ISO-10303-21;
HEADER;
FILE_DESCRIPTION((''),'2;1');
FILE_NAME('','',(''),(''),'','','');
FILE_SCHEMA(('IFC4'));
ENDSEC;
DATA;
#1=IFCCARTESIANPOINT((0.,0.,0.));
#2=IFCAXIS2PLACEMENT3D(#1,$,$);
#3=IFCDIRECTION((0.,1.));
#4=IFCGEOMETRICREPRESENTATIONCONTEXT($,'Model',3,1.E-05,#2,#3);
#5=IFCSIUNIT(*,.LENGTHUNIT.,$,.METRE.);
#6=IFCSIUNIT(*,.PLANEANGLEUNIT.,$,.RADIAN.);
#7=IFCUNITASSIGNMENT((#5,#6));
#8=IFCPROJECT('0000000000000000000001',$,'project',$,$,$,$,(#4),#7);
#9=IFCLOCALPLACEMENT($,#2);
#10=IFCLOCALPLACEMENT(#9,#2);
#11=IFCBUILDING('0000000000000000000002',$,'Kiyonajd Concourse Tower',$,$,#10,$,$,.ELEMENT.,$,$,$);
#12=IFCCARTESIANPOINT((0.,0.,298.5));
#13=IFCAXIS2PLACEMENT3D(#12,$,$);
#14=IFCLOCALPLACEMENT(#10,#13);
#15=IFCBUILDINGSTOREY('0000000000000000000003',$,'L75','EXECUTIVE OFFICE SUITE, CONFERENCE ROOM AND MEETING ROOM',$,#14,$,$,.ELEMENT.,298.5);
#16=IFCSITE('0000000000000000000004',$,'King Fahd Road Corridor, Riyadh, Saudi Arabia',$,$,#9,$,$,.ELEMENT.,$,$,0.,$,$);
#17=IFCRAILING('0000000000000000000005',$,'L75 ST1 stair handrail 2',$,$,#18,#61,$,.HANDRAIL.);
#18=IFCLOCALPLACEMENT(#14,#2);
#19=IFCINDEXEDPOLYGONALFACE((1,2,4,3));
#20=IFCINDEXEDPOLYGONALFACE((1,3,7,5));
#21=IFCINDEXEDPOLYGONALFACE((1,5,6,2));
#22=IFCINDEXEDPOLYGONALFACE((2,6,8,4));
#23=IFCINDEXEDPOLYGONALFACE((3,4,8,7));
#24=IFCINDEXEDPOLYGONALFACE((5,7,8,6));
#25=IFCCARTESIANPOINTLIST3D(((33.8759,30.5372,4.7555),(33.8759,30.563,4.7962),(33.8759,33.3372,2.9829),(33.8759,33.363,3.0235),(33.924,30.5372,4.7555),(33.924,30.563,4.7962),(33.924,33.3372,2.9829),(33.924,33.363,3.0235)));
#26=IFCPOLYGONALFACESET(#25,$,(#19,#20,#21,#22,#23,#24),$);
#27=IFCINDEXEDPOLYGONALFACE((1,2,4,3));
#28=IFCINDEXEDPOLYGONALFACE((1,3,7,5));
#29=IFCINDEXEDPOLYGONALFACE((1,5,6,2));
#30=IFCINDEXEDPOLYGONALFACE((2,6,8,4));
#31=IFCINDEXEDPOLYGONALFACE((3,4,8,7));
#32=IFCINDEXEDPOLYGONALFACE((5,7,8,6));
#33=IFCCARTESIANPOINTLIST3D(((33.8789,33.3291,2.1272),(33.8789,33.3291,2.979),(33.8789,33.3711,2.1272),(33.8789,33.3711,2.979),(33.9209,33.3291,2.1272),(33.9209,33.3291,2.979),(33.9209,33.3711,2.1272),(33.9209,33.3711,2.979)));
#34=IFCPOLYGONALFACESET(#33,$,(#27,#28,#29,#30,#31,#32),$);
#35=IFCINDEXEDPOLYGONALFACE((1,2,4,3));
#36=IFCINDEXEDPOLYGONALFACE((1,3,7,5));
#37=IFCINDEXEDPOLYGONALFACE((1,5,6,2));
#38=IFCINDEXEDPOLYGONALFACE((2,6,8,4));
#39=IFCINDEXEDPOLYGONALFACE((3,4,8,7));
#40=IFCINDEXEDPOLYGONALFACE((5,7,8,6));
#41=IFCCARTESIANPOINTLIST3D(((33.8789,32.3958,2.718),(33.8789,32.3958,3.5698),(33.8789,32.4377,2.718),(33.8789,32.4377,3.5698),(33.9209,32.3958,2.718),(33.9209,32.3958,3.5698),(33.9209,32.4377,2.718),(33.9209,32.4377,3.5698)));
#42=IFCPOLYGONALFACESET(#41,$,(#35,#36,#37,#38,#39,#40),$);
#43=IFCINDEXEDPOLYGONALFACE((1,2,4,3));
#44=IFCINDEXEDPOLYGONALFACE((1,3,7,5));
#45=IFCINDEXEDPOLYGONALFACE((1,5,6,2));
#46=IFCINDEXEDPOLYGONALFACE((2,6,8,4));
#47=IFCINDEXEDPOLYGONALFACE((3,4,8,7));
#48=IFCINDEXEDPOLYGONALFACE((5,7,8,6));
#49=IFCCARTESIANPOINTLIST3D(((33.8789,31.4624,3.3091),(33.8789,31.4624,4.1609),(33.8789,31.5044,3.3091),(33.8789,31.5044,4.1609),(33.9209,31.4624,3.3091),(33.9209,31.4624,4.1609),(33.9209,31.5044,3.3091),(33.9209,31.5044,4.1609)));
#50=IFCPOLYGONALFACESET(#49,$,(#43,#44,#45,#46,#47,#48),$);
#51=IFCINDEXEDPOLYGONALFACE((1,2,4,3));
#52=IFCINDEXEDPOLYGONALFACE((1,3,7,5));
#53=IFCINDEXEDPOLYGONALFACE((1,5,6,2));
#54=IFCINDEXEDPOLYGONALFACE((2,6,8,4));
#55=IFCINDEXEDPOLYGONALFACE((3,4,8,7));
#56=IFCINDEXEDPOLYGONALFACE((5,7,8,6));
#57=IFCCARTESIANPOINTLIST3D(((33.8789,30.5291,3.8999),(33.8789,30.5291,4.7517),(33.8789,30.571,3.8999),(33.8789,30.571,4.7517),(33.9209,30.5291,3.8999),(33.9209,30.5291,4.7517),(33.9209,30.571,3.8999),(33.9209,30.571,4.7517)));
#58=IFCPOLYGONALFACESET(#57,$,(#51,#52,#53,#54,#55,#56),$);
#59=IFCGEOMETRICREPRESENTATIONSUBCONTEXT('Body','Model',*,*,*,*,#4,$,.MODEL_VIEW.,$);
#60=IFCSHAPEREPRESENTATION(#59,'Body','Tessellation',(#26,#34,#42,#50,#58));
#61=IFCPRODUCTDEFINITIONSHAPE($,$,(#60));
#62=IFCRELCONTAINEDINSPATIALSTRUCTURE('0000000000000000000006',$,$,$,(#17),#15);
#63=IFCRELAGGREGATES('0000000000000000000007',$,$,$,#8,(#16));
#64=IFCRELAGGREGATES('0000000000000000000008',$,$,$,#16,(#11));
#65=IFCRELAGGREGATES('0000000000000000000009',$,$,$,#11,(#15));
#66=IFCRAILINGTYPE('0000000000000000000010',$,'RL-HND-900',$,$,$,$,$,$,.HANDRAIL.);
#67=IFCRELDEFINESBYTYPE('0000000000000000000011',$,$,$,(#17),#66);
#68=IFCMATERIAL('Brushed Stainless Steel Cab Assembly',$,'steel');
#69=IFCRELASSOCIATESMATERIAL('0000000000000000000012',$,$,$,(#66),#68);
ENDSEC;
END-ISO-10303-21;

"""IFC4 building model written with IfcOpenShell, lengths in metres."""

from ifc_helpers import new_model, si_unit, direction, frame, origin, origin_2d, place, context, subcontext, project, spatial, rectangle, extrude, material, type_object, element, save


model = new_model("IFC4")

# Units and contexts
model_context = context("Model", 3, precision=1e-05, world=origin(), true_north=direction((0.0, 1.0)))
body_context = subcontext(model_context, "Body", "Model", "MODEL_VIEW")
ifc_project = project(units=[si_unit("LENGTHUNIT", "METRE"), si_unit("PLANEANGLEUNIT", "RADIAN")], contexts=[model_context])

# Site, building, storey
site_placement = place(None, origin())
site = spatial("IfcSite", under=ifc_project, at=site_placement, Name="King Fahd Road Corridor, Riyadh, Saudi Arabia", CompositionType="ELEMENT", RefElevation=0.0)
building_placement = place(site_placement, origin())
building = spatial("IfcBuilding", under=site, at=building_placement, Name="Kiyonajd Concourse Tower", CompositionType="ELEMENT")
storey_placement = place(building_placement, frame((0.0, 0.0, 298.5)))
storey = spatial("IfcBuildingStorey", under=building, at=storey_placement, Name="L75", Description="EXECUTIVE OFFICE SUITE, CONFERENCE ROOM AND MEETING ROOM", CompositionType="ELEMENT", Elevation=298.5)

# Shared definitions
ifc_material_1 = material(Name="Brushed Stainless Steel Cab Assembly", Category="steel")

# Railing
railing_type_1 = type_object("IfcRailingType", Name="RL-HND-900", PredefinedType="HANDRAIL", material=ifc_material_1)
railing_1_placement = place(storey_placement, frame((33.8999, 33.3501, 2.1272)))
element("IfcRailing", 1, at=railing_1_placement, inside=storey, type_object=railing_type_1, Name="L75 ST1 stair handrail 2", PredefinedType="HANDRAIL", context=body_context, shape_type="SweptSolid", body=[
    extrude(rectangle(XDim=0.0481, YDim=0.0481, at=origin_2d()), frame((0.0, 0.0, 0.876), z_axis=(0.0, -0.844909, 0.53491), x_axis=(1.0, 0.0, 0.0)), (0.0, 0.0, 1.0), 3.314),
    extrude(rectangle(XDim=0.042, YDim=0.042, at=origin_2d()), origin(), (0.0, 0.0, 1.0), 0.8518),
    extrude(rectangle(XDim=0.042, YDim=0.042, at=origin_2d()), frame((0.0, -0.9333, 0.5908)), (0.0, 0.0, 1.0), 0.8518),
    extrude(rectangle(XDim=0.042, YDim=0.042, at=origin_2d()), frame((0.0, -1.8667, 1.1819)), (0.0, 0.0, 1.0), 0.8518),
    extrude(rectangle(XDim=0.042, YDim=0.042, at=origin_2d()), frame((0.0, -2.8, 1.7727)), (0.0, 0.0, 1.0), 0.8518),
])

save(model, "model.ifc")
